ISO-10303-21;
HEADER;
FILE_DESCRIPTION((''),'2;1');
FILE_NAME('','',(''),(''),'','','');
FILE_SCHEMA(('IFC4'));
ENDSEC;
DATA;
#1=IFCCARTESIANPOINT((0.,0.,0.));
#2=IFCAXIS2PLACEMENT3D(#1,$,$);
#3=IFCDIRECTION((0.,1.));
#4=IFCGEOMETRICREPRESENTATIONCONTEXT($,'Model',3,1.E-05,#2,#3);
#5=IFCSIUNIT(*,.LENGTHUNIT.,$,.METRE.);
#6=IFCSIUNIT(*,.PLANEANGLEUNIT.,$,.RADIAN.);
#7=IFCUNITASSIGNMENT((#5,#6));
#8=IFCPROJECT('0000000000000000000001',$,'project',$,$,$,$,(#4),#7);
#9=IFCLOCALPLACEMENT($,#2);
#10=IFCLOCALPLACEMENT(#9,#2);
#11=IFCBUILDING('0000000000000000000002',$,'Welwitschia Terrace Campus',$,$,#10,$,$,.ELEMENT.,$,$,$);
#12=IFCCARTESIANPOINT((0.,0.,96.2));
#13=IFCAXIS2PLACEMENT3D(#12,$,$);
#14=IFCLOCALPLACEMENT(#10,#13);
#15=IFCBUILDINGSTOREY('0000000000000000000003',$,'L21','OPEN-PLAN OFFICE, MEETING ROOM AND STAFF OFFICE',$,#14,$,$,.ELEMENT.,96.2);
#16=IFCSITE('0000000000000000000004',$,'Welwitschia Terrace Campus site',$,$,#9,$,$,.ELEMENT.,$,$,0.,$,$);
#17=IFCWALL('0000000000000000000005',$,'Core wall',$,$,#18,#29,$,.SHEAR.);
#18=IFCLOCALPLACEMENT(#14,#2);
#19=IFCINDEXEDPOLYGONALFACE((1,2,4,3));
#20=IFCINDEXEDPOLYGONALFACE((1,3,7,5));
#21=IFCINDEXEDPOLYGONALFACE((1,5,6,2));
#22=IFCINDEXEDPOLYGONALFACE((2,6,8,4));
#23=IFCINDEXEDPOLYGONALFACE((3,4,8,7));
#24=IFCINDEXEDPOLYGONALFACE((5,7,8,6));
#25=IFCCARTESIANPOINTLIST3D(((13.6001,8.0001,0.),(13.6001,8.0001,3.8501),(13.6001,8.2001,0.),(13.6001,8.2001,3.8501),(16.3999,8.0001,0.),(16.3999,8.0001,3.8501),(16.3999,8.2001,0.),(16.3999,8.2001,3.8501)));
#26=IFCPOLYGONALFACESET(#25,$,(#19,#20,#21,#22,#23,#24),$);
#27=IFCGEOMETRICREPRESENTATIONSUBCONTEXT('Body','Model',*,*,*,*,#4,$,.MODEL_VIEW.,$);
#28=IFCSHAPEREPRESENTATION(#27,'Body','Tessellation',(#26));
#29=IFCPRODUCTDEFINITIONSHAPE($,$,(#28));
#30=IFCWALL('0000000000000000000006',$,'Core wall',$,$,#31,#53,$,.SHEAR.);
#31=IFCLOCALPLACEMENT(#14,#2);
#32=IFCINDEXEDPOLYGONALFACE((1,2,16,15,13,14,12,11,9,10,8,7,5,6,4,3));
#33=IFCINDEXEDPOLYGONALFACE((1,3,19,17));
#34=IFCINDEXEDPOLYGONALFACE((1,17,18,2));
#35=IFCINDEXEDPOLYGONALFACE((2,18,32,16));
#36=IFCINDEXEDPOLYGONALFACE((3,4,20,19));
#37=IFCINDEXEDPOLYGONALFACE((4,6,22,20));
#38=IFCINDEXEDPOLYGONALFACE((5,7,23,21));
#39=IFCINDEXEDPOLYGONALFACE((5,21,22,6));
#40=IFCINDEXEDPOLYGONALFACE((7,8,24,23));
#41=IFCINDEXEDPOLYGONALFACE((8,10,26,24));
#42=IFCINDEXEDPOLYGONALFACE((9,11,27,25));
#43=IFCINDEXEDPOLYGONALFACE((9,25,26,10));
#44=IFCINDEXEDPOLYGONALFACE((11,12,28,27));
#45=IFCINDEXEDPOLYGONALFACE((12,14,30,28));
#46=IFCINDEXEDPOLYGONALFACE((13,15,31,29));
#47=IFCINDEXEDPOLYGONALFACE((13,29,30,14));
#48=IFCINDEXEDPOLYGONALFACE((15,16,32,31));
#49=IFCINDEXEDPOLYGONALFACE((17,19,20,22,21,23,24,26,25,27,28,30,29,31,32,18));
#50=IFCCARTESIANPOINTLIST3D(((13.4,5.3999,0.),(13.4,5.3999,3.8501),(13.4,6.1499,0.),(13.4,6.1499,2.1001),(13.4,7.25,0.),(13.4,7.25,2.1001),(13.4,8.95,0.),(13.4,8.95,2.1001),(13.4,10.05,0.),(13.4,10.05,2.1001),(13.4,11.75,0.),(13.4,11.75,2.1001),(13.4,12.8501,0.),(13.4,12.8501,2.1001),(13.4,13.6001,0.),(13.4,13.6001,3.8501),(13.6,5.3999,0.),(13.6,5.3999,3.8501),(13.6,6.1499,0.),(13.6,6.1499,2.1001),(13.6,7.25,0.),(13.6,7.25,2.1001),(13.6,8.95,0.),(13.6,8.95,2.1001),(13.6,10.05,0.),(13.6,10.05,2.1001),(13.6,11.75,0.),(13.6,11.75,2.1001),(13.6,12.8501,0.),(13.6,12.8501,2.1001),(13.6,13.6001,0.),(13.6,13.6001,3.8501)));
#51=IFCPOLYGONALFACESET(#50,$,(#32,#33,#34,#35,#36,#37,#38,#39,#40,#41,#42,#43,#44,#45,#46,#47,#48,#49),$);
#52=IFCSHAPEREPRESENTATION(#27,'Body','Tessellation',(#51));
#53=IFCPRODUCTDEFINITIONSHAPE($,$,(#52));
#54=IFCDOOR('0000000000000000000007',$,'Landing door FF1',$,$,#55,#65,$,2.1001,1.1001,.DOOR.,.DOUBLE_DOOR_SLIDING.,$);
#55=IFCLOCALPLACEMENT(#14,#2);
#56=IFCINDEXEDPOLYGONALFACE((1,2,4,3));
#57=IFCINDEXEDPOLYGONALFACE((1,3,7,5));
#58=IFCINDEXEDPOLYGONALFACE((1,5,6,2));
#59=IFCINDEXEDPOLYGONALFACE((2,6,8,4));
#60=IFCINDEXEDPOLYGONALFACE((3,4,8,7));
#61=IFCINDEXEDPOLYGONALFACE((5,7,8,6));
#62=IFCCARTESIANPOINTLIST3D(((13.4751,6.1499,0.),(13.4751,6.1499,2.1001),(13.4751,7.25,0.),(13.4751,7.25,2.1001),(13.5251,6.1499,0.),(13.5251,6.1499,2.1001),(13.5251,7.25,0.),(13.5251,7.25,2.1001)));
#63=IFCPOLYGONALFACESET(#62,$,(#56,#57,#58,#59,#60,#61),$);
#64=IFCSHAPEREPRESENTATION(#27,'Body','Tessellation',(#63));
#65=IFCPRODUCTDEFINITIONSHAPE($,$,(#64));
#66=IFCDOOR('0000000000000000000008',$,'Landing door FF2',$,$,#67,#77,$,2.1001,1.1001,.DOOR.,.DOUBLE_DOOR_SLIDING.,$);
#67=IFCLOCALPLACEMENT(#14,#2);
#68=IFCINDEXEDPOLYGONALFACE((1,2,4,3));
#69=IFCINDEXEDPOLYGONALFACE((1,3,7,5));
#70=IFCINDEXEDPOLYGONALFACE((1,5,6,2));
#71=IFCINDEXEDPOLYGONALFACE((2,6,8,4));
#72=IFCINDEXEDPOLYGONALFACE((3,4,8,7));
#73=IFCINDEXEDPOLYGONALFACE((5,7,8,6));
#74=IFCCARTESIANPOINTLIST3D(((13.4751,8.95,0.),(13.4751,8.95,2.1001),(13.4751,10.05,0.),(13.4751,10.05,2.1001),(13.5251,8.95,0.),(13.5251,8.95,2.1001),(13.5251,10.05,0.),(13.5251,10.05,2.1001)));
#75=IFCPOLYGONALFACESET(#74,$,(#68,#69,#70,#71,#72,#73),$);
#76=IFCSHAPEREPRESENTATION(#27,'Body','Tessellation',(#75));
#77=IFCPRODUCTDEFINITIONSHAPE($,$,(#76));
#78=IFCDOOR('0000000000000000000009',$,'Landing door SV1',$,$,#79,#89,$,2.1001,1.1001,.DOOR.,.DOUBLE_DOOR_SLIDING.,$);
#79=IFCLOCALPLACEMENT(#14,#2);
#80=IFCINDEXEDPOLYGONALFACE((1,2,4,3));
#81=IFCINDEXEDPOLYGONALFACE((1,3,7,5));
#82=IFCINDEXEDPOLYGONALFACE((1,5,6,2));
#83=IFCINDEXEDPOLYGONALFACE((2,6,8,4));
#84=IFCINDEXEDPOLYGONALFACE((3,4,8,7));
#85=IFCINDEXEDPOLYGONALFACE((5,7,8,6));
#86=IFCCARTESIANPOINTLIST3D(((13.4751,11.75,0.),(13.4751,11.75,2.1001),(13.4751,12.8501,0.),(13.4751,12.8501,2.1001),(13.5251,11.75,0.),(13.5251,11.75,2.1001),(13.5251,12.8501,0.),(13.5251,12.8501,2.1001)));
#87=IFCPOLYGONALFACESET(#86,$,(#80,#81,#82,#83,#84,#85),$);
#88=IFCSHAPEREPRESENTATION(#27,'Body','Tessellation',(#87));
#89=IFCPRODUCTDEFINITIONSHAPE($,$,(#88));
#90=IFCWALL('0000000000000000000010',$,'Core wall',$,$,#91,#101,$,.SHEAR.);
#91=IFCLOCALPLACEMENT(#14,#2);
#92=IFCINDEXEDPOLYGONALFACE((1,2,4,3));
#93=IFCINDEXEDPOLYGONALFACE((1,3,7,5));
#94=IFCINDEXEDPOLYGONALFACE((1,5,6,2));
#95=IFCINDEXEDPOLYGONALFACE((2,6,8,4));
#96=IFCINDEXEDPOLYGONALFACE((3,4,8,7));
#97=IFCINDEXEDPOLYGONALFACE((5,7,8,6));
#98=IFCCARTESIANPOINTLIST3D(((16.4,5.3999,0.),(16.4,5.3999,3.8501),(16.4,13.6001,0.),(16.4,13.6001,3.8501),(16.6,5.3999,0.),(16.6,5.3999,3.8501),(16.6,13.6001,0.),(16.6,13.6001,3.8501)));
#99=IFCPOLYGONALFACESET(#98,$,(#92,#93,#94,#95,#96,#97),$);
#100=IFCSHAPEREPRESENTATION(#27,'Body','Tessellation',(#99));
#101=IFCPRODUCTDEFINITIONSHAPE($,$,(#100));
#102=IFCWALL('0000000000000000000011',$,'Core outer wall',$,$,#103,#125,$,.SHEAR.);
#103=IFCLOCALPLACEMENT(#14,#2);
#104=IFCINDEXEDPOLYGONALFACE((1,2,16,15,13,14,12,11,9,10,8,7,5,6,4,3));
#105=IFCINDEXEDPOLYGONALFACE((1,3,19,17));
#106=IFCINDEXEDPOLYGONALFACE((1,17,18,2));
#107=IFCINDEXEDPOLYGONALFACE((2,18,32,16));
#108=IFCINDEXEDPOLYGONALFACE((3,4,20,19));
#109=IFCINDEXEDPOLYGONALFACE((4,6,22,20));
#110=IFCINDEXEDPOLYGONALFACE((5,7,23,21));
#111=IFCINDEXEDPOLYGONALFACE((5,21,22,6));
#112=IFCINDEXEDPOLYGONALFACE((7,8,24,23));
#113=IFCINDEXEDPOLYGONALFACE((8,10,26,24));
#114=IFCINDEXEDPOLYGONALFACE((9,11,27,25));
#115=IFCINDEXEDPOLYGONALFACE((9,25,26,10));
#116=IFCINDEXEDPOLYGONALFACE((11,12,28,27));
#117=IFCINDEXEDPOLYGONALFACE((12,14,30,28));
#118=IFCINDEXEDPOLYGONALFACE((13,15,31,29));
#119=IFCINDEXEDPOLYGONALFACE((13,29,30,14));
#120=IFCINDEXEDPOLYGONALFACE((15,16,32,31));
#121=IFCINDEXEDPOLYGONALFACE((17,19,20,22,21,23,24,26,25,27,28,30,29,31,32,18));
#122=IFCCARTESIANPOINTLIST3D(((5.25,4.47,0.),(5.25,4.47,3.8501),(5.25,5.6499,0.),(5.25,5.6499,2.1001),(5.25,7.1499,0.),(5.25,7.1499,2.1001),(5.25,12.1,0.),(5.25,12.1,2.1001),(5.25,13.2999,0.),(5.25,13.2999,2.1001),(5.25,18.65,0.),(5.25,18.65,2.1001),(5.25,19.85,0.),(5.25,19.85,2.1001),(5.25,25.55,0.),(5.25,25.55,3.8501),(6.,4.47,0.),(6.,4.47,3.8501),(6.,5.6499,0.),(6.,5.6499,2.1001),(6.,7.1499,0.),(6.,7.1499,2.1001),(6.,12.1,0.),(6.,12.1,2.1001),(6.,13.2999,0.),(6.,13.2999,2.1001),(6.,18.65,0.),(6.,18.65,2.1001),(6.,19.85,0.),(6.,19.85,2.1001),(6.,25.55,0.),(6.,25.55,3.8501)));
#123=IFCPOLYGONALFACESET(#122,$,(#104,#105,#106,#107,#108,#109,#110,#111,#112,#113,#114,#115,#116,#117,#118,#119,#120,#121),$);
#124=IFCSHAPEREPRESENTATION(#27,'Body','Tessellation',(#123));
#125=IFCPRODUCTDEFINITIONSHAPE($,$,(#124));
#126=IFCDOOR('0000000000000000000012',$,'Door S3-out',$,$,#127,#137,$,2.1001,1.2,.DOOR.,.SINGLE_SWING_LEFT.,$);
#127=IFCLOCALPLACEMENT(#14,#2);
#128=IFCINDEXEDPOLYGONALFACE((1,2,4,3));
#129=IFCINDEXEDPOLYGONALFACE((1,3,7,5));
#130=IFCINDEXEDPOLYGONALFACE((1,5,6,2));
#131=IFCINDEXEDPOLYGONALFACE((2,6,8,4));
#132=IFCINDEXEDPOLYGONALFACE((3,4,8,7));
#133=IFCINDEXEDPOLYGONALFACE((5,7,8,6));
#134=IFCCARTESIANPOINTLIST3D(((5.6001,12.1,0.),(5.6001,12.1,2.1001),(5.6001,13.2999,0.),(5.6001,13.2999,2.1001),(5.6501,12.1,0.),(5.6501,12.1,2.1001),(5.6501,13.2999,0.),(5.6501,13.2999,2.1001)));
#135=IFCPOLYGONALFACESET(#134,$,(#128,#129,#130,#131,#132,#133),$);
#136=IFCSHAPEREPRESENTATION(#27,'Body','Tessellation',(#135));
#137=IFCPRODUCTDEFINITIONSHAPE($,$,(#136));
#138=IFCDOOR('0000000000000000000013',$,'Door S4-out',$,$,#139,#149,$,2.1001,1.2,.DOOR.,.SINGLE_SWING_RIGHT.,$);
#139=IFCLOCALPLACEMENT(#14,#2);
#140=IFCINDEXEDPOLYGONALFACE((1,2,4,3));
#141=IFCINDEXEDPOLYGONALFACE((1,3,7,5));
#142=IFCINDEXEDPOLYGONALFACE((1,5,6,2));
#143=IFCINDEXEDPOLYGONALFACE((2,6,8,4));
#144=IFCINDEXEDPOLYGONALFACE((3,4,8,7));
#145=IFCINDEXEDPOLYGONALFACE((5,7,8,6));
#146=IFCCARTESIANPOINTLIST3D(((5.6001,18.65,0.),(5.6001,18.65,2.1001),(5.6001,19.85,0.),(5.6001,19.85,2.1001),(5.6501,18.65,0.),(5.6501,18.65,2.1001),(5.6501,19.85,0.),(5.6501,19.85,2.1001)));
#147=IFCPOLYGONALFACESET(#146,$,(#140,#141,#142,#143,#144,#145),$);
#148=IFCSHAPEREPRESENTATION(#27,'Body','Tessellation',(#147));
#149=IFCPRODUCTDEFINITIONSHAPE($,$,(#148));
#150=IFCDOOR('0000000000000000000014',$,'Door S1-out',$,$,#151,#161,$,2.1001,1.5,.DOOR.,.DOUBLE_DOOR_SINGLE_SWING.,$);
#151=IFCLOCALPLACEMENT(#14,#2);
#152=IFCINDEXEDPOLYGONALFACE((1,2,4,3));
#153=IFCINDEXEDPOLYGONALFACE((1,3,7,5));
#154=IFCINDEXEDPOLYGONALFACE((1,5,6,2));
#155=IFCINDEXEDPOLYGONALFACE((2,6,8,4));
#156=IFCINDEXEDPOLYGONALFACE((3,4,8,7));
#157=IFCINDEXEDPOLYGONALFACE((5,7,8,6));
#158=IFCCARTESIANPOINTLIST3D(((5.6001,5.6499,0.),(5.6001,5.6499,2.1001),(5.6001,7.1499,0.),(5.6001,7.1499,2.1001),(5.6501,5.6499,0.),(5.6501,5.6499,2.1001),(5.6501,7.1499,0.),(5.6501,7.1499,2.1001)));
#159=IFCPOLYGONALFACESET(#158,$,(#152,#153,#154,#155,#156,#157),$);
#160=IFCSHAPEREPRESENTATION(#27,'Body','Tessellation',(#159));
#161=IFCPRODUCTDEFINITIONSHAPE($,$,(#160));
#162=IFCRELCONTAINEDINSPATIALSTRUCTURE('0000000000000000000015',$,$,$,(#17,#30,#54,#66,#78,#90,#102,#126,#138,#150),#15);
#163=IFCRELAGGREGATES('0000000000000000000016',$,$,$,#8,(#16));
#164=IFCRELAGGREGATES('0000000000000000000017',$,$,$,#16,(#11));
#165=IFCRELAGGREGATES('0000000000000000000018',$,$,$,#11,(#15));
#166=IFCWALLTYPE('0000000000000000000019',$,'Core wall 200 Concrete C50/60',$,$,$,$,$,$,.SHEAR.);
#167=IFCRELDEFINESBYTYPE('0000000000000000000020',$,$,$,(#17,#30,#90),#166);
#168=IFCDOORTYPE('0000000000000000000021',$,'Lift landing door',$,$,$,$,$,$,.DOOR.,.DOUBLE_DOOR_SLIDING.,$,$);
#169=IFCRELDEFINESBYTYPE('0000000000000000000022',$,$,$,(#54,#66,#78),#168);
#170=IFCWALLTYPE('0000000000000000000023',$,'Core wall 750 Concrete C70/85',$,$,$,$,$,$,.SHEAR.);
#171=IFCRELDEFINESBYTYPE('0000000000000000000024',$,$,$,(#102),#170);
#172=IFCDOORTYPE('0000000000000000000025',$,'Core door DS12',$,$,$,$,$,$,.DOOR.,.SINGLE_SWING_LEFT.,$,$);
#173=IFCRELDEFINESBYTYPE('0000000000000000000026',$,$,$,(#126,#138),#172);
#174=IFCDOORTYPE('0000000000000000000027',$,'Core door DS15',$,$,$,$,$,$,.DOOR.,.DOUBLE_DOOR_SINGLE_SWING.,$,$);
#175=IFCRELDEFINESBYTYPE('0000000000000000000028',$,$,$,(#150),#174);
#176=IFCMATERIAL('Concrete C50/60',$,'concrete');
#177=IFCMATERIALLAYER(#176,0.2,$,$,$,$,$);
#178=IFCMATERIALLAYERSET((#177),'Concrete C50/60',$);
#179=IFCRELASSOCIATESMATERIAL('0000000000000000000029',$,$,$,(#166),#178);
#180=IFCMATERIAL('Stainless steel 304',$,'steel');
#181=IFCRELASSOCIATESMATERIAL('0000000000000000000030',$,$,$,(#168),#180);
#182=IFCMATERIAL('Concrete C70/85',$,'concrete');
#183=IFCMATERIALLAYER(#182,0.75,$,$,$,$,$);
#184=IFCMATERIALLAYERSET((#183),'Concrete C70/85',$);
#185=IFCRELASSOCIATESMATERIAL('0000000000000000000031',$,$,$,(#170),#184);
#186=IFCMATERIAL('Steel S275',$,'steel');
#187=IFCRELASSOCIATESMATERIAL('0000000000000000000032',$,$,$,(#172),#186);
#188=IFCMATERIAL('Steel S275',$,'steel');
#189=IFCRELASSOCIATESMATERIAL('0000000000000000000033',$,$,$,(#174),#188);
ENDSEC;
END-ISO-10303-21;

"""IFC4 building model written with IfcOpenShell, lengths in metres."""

from ifc_helpers import new_model, si_unit, direction, frame, frame_2d, origin, place, context, subcontext, project, spatial, rectangle, extrude, material, layer, layer_set, type_object, element, fill, save


model = new_model("IFC4")

# Units and contexts
model_context = context("Model", 3, precision=1e-05, world=origin(), true_north=direction((0.0, 1.0)))
body_context = subcontext(model_context, "Body", "Model", "MODEL_VIEW")
ifc_project = project(units=[si_unit("LENGTHUNIT", "METRE"), si_unit("PLANEANGLEUNIT", "RADIAN")], contexts=[model_context])

# Site, building, storey
site_placement = place(None, origin())
site = spatial("IfcSite", under=ifc_project, at=site_placement, Name="Welwitschia Terrace Campus site", CompositionType="ELEMENT", RefElevation=0.0)
building_placement = place(site_placement, origin())
building = spatial("IfcBuilding", under=site, at=building_placement, Name="Welwitschia Terrace Campus", CompositionType="ELEMENT")
storey_placement = place(building_placement, frame((0.0, 0.0, 96.2)))
storey = spatial("IfcBuildingStorey", under=building, at=storey_placement, Name="L21", Description="OPEN-PLAN OFFICE, MEETING ROOM AND STAFF OFFICE", CompositionType="ELEMENT", Elevation=96.2)

# Wall
ifc_material_1 = material(Name="Concrete C50/60", Category="concrete")
ifc_layer_1 = layer(ifc_material_1, 0.2)
ifc_layer_set_1 = layer_set([ifc_layer_1], Name="Concrete C50/60")
wall_type_1 = type_object("IfcWallType", Name="Core wall 200 Concrete C50/60", PredefinedType="SHEAR", material=ifc_layer_set_1)
wall_1_placement = place(storey_placement, frame((13.6001, 8.1001, 0.0), z_axis=(0.0, 0.0, 1.0), x_axis=(1.0, 0.0, 0.0)))
element("IfcWall", 1, at=wall_1_placement, inside=storey, type_object=wall_type_1, Name="Core wall", PredefinedType="SHEAR", context=body_context, shape_type="SweptSolid", body=[
    extrude(rectangle(XDim=2.7998, YDim=0.2, at=frame_2d((1.3999, 0.0))), origin(), (0.0, 0.0, 1.0), 3.8501),
])

# Wall, openings, doors
wall_2_placement = place(storey_placement, frame((13.5, 5.3999, 0.0), z_axis=(0.0, 0.0, 1.0), x_axis=(0.0, 1.0, 0.0)))
wall_2 = element("IfcWall", 2, at=wall_2_placement, inside=storey, type_object=wall_type_1, Name="Core wall", PredefinedType="SHEAR", context=body_context, shape_type="SweptSolid", body=[
    extrude(rectangle(XDim=8.2002, YDim=0.2, at=frame_2d((4.1001, 0.0))), origin(), (0.0, 0.0, 1.0), 3.8501),
])
opening_1_placement = place(wall_2_placement, frame((0.75, 0.0, 0.0)))
opening_1 = element("IfcOpeningElement", 3, at=opening_1_placement, cuts=wall_2, PredefinedType="OPENING", context=body_context, shape_type="SweptSolid", body=[
    extrude(rectangle(XDim=1.1001, YDim=2.1001, at=frame_2d((0.55, 1.05))), frame((0.0, 0.1099, 0.0), z_axis=(0.0, -1.0, 0.0), x_axis=(1.0, 0.0, 0.0)), (0.0, 0.0, 1.0), 0.22),
])
opening_2_placement = place(wall_2_placement, frame((3.55, 0.0, 0.0)))
opening_2 = element("IfcOpeningElement", 4, at=opening_2_placement, cuts=wall_2, PredefinedType="OPENING", context=body_context, shape_type="SweptSolid", body=[
    extrude(rectangle(XDim=1.1001, YDim=2.1001, at=frame_2d((0.55, 1.05))), frame((0.0, 0.1099, 0.0), z_axis=(0.0, -1.0, 0.0), x_axis=(1.0, 0.0, 0.0)), (0.0, 0.0, 1.0), 0.22),
])
opening_3_placement = place(wall_2_placement, frame((6.3501, 0.0, 0.0)))
opening_3 = element("IfcOpeningElement", 5, at=opening_3_placement, cuts=wall_2, PredefinedType="OPENING", context=body_context, shape_type="SweptSolid", body=[
    extrude(rectangle(XDim=1.1001, YDim=2.1001, at=frame_2d((0.55, 1.05))), frame((0.0, 0.1099, 0.0), z_axis=(0.0, -1.0, 0.0), x_axis=(1.0, 0.0, 0.0)), (0.0, 0.0, 1.0), 0.22),
])
ifc_material_2 = material(Name="Stainless steel 304", Category="steel")
door_type_1 = type_object("IfcDoorType", Name="Lift landing door", OperationType="DOUBLE_DOOR_SLIDING", PredefinedType="DOOR", material=ifc_material_2)
door_1_placement = place(opening_1_placement, origin())
door_1 = element("IfcDoor", 6, at=door_1_placement, inside=storey, type_object=door_type_1, Name="Landing door FF1", OperationType="DOUBLE_DOOR_SLIDING", OverallHeight=2.1001, OverallWidth=1.1001, PredefinedType="DOOR", context=body_context, shape_type="SweptSolid", body=[
    extrude(rectangle(XDim=1.1001, YDim=2.1001, at=frame_2d((0.55, 1.05))), frame((0.0, 0.0249, 0.0), z_axis=(0.0, -1.0, 0.0), x_axis=(1.0, 0.0, 0.0)), (0.0, 0.0, 1.0), 0.05),
])
fill(opening_1, door_1)
door_2_placement = place(opening_2_placement, origin())
door_2 = element("IfcDoor", 7, at=door_2_placement, inside=storey, type_object=door_type_1, Name="Landing door FF2", OperationType="DOUBLE_DOOR_SLIDING", OverallHeight=2.1001, OverallWidth=1.1001, PredefinedType="DOOR", context=body_context, shape_type="SweptSolid", body=[
    extrude(rectangle(XDim=1.1001, YDim=2.1001, at=frame_2d((0.55, 1.05))), frame((0.0, 0.0249, 0.0), z_axis=(0.0, -1.0, 0.0), x_axis=(1.0, 0.0, 0.0)), (0.0, 0.0, 1.0), 0.05),
])
fill(opening_2, door_2)
door_3_placement = place(opening_3_placement, origin())
door_3 = element("IfcDoor", 8, at=door_3_placement, inside=storey, type_object=door_type_1, Name="Landing door SV1", OperationType="DOUBLE_DOOR_SLIDING", OverallHeight=2.1001, OverallWidth=1.1001, PredefinedType="DOOR", context=body_context, shape_type="SweptSolid", body=[
    extrude(rectangle(XDim=1.1001, YDim=2.1001, at=frame_2d((0.55, 1.05))), frame((0.0, 0.0249, 0.0), z_axis=(0.0, -1.0, 0.0), x_axis=(1.0, 0.0, 0.0)), (0.0, 0.0, 1.0), 0.05),
])
fill(opening_3, door_3)

# Wall
wall_3_placement = place(storey_placement, frame((16.5, 5.3999, 0.0), z_axis=(0.0, 0.0, 1.0), x_axis=(0.0, 1.0, 0.0)))
element("IfcWall", 9, at=wall_3_placement, inside=storey, type_object=wall_type_1, Name="Core wall", PredefinedType="SHEAR", context=body_context, shape_type="SweptSolid", body=[
    extrude(rectangle(XDim=8.2002, YDim=0.2, at=frame_2d((4.1001, 0.0))), origin(), (0.0, 0.0, 1.0), 3.8501),
])

# Wall, openings, doors
ifc_material_3 = material(Name="Concrete C70/85", Category="concrete")
ifc_layer_2 = layer(ifc_material_3, 0.75)
ifc_layer_set_2 = layer_set([ifc_layer_2], Name="Concrete C70/85")
wall_type_2 = type_object("IfcWallType", Name="Core wall 750 Concrete C70/85", PredefinedType="SHEAR", material=ifc_layer_set_2)
wall_4_placement = place(storey_placement, frame((5.625, 4.47, 0.0), z_axis=(0.0, 0.0, 1.0), x_axis=(0.0, 1.0, 0.0)))
wall_4 = element("IfcWall", 10, at=wall_4_placement, inside=storey, type_object=wall_type_2, Name="Core outer wall", PredefinedType="SHEAR", context=body_context, shape_type="SweptSolid", body=[
    extrude(rectangle(XDim=21.0801, YDim=0.75, at=frame_2d((10.54, 0.0))), origin(), (0.0, 0.0, 1.0), 3.8501),
])
opening_4_placement = place(wall_4_placement, frame((1.1799, 0.0, 0.0)))
opening_4 = element("IfcOpeningElement", 11, at=opening_4_placement, cuts=wall_4, PredefinedType="OPENING", context=body_context, shape_type="SweptSolid", body=[
    extrude(rectangle(XDim=1.5, YDim=2.1001, at=frame_2d((0.75, 1.05))), frame((0.0, 0.385, 0.0), z_axis=(0.0, -1.0, 0.0), x_axis=(1.0, 0.0, 0.0)), (0.0, 0.0, 1.0), 0.77),
])
opening_5_placement = place(wall_4_placement, frame((7.6299, 0.0, 0.0)))
opening_5 = element("IfcOpeningElement", 12, at=opening_5_placement, cuts=wall_4, PredefinedType="OPENING", context=body_context, shape_type="SweptSolid", body=[
    extrude(rectangle(XDim=1.2, YDim=2.1001, at=frame_2d((0.6001, 1.05))), frame((0.0, 0.385, 0.0), z_axis=(0.0, -1.0, 0.0), x_axis=(1.0, 0.0, 0.0)), (0.0, 0.0, 1.0), 0.77),
])
opening_6_placement = place(wall_4_placement, frame((14.1799, 0.0, 0.0)))
opening_6 = element("IfcOpeningElement", 13, at=opening_6_placement, cuts=wall_4, PredefinedType="OPENING", context=body_context, shape_type="SweptSolid", body=[
    extrude(rectangle(XDim=1.2, YDim=2.1001, at=frame_2d((0.6001, 1.05))), frame((0.0, 0.385, 0.0), z_axis=(0.0, -1.0, 0.0), x_axis=(1.0, 0.0, 0.0)), (0.0, 0.0, 1.0), 0.77),
])
ifc_material_4 = material(Name="Steel S275", Category="steel")
door_type_2 = type_object("IfcDoorType", Name="Core door DS12", OperationType="SINGLE_SWING_LEFT", PredefinedType="DOOR", material=ifc_material_4)
door_4_placement = place(opening_5_placement, origin())
door_4 = element("IfcDoor", 14, at=door_4_placement, inside=storey, type_object=door_type_2, Name="Door S3-out", OperationType="SINGLE_SWING_LEFT", OverallHeight=2.1001, OverallWidth=1.2, PredefinedType="DOOR", context=body_context, shape_type="SweptSolid", body=[
    extrude(rectangle(XDim=1.2, YDim=2.1001, at=frame_2d((0.6001, 1.05))), frame((0.0, 0.0249, 0.0), z_axis=(0.0, -1.0, 0.0), x_axis=(1.0, 0.0, 0.0)), (0.0, 0.0, 1.0), 0.05),
])
fill(opening_5, door_4)
door_5_placement = place(opening_6_placement, origin())
door_5 = element("IfcDoor", 15, at=door_5_placement, inside=storey, type_object=door_type_2, Name="Door S4-out", OperationType="SINGLE_SWING_RIGHT", OverallHeight=2.1001, OverallWidth=1.2, PredefinedType="DOOR", context=body_context, shape_type="SweptSolid", body=[
    extrude(rectangle(XDim=1.2, YDim=2.1001, at=frame_2d((0.6001, 1.05))), frame((0.0, 0.0249, 0.0), z_axis=(0.0, -1.0, 0.0), x_axis=(1.0, 0.0, 0.0)), (0.0, 0.0, 1.0), 0.05),
])
fill(opening_6, door_5)
ifc_material_5 = material(Name="Steel S275", Category="steel")
door_type_3 = type_object("IfcDoorType", Name="Core door DS15", OperationType="DOUBLE_DOOR_SINGLE_SWING", PredefinedType="DOOR", material=ifc_material_5)
door_6_placement = place(opening_4_placement, origin())
door_6 = element("IfcDoor", 16, at=door_6_placement, inside=storey, type_object=door_type_3, Name="Door S1-out", OperationType="DOUBLE_DOOR_SINGLE_SWING", OverallHeight=2.1001, OverallWidth=1.5, PredefinedType="DOOR", context=body_context, shape_type="SweptSolid", body=[
    extrude(rectangle(XDim=1.5, YDim=2.1001, at=frame_2d((0.75, 1.05))), frame((0.0, 0.0249, 0.0), z_axis=(0.0, -1.0, 0.0), x_axis=(1.0, 0.0, 0.0)), (0.0, 0.0, 1.0), 0.05),
])
fill(opening_4, door_6)

save(model, "model.ifc")
